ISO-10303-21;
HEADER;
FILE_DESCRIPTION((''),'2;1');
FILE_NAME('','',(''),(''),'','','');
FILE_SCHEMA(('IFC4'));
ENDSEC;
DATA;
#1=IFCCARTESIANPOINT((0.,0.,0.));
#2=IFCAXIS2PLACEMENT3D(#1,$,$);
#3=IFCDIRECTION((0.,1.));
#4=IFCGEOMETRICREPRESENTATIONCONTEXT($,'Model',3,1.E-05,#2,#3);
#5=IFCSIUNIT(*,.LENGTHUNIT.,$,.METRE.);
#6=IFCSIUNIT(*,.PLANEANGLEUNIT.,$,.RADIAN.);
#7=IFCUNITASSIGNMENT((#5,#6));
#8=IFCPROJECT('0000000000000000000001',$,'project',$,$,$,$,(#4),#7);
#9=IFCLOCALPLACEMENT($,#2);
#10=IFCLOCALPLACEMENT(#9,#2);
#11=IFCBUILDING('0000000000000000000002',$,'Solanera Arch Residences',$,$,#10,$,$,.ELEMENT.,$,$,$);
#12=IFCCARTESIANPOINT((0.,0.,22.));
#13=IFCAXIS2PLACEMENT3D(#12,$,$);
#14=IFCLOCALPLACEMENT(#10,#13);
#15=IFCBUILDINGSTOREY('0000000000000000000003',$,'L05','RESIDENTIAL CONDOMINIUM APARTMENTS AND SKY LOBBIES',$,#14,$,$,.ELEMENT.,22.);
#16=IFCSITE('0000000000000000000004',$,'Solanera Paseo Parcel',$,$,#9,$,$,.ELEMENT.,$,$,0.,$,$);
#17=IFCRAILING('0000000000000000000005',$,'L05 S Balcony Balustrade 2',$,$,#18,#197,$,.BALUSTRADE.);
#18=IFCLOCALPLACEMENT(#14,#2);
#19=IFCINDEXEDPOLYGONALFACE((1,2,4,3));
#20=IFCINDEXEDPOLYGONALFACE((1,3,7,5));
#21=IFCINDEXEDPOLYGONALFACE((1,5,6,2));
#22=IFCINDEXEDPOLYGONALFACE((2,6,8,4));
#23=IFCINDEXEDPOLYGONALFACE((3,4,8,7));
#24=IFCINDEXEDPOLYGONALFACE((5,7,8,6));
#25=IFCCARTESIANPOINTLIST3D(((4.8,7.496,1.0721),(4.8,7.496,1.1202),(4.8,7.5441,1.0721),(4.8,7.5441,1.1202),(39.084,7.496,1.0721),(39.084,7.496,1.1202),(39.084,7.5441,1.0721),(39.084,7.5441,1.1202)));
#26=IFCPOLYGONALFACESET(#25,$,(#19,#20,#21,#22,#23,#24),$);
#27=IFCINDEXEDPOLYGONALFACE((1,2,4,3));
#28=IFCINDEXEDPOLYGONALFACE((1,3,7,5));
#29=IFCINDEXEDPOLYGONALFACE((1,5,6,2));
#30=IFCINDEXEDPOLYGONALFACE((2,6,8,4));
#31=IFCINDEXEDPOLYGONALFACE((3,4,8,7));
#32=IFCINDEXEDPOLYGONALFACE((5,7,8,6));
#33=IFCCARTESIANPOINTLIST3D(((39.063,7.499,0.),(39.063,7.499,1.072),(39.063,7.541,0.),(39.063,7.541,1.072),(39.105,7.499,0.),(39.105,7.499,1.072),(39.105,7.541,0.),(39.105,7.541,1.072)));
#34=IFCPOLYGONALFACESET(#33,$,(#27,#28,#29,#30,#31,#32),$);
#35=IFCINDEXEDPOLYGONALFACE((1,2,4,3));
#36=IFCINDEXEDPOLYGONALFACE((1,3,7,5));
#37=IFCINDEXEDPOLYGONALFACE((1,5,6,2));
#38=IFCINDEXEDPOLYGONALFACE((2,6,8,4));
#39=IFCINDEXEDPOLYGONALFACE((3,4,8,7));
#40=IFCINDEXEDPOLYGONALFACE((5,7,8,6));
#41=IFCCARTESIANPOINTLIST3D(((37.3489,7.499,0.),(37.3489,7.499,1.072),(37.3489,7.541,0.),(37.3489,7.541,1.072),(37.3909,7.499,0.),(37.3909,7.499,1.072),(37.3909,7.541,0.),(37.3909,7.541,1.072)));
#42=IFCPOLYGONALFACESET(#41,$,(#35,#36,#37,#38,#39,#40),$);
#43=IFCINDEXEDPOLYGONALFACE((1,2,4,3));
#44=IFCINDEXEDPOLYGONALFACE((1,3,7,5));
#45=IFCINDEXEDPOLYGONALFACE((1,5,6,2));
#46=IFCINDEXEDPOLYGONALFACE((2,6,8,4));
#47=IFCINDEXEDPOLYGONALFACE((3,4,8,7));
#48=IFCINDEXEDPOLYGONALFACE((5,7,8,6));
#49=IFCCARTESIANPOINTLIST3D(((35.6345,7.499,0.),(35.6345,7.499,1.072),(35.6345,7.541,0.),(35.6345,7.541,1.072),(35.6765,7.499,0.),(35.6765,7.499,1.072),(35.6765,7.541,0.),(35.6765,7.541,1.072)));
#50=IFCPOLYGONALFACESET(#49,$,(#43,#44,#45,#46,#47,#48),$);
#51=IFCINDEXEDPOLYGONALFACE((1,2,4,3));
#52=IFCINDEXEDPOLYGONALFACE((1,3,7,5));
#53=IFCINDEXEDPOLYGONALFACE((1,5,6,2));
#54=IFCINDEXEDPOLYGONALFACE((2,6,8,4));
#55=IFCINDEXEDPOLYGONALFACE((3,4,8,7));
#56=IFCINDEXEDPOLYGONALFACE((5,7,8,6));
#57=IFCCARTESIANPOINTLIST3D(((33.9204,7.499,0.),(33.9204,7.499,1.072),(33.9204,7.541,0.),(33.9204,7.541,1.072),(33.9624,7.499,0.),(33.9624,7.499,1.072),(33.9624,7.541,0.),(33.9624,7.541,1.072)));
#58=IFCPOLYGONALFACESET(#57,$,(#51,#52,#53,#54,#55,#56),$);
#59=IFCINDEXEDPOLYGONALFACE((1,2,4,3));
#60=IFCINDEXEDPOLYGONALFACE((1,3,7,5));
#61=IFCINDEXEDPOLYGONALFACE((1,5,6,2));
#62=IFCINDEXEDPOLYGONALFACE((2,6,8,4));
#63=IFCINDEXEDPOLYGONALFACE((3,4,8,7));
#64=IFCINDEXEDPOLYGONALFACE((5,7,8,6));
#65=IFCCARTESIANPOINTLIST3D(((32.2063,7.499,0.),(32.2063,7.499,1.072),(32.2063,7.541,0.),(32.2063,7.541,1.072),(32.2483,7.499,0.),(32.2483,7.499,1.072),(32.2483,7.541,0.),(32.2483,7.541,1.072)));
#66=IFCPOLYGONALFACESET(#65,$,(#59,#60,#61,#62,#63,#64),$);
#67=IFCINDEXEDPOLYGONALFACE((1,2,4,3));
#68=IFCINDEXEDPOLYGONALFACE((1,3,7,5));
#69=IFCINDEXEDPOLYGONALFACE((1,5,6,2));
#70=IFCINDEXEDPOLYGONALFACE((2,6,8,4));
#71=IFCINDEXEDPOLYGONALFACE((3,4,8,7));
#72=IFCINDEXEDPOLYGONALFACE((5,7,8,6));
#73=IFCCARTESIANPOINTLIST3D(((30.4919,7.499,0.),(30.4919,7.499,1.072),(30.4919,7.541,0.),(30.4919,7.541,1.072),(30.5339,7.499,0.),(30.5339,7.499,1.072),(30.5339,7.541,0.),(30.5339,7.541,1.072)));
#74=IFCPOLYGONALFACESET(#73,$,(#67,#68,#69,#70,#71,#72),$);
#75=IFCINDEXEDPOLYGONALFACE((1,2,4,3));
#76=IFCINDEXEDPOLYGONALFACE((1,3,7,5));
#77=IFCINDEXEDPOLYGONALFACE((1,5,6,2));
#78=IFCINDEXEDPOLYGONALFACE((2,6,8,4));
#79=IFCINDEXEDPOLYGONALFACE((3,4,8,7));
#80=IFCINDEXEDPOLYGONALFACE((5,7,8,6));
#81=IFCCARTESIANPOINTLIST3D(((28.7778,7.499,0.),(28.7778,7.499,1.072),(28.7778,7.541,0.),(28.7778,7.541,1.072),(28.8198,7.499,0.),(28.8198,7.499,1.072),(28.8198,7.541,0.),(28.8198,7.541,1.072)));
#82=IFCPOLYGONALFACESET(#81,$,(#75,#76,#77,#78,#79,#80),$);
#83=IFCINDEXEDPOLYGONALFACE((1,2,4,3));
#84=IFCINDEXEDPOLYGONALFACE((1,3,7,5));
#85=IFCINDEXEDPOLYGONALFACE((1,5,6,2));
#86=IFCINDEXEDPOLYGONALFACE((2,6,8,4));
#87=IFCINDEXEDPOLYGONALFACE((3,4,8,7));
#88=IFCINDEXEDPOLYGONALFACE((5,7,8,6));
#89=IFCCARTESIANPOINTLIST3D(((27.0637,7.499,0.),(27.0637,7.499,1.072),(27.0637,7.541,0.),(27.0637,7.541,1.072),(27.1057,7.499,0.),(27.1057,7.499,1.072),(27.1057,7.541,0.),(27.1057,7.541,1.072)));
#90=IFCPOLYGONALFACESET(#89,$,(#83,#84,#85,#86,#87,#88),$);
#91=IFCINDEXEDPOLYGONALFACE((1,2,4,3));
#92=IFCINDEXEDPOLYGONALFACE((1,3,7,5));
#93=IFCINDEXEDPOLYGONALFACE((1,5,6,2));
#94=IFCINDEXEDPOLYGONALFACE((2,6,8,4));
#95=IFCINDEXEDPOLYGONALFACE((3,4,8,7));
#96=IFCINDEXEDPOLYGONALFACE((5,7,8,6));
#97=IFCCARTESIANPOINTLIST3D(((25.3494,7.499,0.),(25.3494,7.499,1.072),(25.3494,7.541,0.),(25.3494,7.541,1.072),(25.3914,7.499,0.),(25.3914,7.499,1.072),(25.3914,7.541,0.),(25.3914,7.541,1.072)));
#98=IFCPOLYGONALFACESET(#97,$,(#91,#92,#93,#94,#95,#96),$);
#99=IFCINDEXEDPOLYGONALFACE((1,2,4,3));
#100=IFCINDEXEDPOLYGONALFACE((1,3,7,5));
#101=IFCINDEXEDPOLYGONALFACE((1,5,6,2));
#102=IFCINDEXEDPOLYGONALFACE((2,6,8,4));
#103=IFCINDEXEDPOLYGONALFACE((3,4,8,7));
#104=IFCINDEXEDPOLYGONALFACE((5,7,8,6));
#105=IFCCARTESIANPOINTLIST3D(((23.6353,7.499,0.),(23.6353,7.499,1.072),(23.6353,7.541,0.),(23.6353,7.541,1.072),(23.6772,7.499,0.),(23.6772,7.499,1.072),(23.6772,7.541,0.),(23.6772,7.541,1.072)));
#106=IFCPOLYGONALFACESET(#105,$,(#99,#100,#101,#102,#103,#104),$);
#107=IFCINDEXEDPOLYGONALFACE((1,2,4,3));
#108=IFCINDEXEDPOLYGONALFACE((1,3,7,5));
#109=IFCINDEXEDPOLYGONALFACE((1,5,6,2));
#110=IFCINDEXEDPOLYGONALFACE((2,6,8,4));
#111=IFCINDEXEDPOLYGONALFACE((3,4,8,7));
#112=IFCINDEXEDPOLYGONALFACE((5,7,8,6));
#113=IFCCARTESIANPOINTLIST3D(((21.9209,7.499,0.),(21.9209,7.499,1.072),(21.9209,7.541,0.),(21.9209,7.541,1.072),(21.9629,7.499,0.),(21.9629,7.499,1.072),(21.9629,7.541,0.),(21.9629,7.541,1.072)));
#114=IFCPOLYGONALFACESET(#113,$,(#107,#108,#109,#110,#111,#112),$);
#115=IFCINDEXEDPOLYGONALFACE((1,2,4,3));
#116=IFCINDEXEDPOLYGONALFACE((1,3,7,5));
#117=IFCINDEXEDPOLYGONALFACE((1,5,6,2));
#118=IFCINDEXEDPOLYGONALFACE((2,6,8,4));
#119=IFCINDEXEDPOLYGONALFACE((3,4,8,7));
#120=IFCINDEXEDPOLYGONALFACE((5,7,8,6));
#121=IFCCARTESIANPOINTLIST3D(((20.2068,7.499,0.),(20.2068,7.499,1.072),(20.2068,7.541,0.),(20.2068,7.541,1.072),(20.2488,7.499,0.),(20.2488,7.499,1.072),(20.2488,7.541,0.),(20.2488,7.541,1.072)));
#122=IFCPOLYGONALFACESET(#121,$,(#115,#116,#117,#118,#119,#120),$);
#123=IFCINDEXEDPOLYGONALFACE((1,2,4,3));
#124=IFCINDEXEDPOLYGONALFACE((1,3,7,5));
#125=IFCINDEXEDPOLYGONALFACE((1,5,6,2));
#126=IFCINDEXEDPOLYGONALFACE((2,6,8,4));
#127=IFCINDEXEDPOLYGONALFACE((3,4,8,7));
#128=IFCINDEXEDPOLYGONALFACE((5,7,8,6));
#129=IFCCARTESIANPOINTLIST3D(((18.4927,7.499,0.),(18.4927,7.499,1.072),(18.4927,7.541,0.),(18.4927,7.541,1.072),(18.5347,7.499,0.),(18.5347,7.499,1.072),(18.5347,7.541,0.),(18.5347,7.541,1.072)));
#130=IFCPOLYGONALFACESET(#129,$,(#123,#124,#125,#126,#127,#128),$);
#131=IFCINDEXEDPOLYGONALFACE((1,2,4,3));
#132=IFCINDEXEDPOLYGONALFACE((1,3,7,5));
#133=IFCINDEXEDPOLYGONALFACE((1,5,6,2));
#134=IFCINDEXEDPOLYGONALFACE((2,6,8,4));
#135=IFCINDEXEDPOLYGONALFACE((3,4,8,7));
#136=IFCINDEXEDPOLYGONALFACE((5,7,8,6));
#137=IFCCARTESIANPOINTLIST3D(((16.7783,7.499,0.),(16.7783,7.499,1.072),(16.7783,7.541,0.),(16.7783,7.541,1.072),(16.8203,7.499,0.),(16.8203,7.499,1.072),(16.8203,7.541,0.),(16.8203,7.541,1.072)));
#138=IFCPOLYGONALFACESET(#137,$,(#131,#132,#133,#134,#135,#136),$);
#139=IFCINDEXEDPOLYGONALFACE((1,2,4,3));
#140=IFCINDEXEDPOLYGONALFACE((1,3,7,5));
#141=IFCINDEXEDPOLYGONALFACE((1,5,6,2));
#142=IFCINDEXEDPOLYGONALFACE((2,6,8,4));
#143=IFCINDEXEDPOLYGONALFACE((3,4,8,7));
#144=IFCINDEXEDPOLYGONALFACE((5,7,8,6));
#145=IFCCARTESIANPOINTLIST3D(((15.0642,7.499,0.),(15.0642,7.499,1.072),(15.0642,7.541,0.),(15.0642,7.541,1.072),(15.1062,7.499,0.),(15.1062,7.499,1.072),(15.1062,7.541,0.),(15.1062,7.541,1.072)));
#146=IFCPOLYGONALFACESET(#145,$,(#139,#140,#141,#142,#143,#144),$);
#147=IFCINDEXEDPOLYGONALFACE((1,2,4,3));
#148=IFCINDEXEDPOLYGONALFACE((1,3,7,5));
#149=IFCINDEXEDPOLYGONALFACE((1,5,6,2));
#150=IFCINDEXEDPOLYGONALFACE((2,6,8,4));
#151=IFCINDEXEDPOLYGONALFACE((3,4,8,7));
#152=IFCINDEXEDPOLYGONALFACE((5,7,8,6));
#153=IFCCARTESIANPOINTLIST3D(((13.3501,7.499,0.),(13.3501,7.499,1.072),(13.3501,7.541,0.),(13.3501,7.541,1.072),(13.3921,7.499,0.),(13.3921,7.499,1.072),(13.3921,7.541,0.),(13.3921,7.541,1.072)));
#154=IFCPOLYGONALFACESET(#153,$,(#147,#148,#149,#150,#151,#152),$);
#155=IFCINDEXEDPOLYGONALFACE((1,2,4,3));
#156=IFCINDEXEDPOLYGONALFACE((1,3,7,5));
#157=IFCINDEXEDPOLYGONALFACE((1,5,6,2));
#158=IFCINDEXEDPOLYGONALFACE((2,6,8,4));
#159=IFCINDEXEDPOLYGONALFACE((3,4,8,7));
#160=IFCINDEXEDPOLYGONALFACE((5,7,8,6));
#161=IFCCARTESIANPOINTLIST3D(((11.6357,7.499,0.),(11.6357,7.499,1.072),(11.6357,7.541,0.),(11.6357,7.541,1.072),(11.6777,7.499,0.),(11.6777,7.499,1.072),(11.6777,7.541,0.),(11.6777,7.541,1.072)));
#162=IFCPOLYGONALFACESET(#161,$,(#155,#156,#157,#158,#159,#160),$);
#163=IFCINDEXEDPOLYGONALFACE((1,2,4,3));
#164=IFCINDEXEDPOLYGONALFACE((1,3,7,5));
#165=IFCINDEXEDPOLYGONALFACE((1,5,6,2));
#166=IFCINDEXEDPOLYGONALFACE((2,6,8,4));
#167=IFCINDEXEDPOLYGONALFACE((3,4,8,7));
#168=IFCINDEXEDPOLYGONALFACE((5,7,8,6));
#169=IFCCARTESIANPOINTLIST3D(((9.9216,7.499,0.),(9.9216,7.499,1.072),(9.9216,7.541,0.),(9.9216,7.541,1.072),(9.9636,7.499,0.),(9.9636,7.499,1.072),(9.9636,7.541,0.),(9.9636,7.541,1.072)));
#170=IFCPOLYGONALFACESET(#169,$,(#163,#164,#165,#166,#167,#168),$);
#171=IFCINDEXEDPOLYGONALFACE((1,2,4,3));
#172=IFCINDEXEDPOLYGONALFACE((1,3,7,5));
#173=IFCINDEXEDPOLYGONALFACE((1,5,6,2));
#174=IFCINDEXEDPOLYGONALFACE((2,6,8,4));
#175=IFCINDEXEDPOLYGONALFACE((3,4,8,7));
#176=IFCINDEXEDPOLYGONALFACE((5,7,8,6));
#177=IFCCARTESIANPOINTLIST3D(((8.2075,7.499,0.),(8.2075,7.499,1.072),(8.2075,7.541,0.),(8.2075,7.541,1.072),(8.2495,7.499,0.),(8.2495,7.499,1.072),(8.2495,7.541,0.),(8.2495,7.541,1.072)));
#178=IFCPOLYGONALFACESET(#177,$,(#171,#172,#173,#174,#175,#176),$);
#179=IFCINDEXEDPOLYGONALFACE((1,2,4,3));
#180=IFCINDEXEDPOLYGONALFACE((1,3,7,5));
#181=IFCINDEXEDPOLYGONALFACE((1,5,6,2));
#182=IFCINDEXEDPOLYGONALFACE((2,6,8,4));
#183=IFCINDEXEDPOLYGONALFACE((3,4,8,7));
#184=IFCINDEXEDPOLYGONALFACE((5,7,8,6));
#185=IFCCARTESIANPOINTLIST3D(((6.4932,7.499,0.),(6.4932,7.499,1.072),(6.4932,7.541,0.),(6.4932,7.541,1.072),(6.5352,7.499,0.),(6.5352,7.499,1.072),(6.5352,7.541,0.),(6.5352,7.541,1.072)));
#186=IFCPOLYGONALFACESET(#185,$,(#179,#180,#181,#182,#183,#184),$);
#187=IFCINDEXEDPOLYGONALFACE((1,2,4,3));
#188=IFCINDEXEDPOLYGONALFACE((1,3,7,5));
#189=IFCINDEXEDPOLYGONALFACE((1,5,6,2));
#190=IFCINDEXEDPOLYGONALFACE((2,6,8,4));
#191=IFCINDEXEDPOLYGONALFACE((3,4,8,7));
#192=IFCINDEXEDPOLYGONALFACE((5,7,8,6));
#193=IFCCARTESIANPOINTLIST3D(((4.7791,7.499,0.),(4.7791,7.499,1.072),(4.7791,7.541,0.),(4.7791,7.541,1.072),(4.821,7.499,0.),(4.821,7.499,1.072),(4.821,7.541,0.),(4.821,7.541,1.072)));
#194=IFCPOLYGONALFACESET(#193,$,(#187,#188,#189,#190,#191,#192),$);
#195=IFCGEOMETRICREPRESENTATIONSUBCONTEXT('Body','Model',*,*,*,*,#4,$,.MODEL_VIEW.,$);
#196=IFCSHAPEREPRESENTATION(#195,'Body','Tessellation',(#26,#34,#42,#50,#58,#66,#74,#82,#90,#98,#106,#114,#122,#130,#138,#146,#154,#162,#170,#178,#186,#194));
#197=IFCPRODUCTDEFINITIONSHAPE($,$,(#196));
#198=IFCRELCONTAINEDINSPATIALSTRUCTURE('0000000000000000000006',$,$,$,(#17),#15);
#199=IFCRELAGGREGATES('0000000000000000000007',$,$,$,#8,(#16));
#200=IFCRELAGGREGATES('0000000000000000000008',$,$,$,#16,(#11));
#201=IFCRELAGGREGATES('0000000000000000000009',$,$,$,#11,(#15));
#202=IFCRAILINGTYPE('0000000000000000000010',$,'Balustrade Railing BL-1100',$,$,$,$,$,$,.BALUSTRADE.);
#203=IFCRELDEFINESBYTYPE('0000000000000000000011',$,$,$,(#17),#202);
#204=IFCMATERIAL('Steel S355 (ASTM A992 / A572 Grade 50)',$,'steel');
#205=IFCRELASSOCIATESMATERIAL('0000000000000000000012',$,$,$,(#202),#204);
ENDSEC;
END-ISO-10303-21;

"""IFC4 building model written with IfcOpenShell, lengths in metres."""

from ifc_helpers import new_model, si_unit, direction, frame, origin, origin_2d, place, context, subcontext, project, spatial, rectangle, extrude, material, type_object, element, save


model = new_model("IFC4")

# Units and contexts
model_context = context("Model", 3, precision=1e-05, world=origin(), true_north=direction((0.0, 1.0)))
body_context = subcontext(model_context, "Body", "Model", "MODEL_VIEW")
ifc_project = project(units=[si_unit("LENGTHUNIT", "METRE"), si_unit("PLANEANGLEUNIT", "RADIAN")], contexts=[model_context])

# Site, building, storey
site_placement = place(None, origin())
site = spatial("IfcSite", under=ifc_project, at=site_placement, Name="Solanera Paseo Parcel", CompositionType="ELEMENT", RefElevation=0.0)
building_placement = place(site_placement, origin())
building = spatial("IfcBuilding", under=site, at=building_placement, Name="Solanera Arch Residences", CompositionType="ELEMENT")
storey_placement = place(building_placement, frame((0.0, 0.0, 22.0)))
storey = spatial("IfcBuildingStorey", under=building, at=storey_placement, Name="L05", Description="RESIDENTIAL CONDOMINIUM APARTMENTS AND SKY LOBBIES", CompositionType="ELEMENT", Elevation=22.0)

# Railing
ifc_material_1 = material(Name="Steel S355 (ASTM A992 / A572 Grade 50)", Category="steel")
railing_type = type_object("IfcRailingType", Name="Balustrade Railing BL-1100", PredefinedType="BALUSTRADE", material=ifc_material_1)
railing_placement = place(storey_placement, frame((39.084, 7.52, 0.0)))
element("IfcRailing", 1, at=railing_placement, inside=storey, type_object=railing_type, Name="L05 S Balcony Balustrade 2", PredefinedType="BALUSTRADE", context=body_context, shape_type="SweptSolid", body=[
    extrude(rectangle(XDim=0.0481, YDim=0.0481, at=origin_2d()), frame((0.0, 0.0, 1.0962), z_axis=(-1.0, 0.0, 0.0), x_axis=(0.0, -1.0, 0.0)), (0.0, 0.0, 1.0), 34.2839),
    extrude(rectangle(XDim=0.042, YDim=0.042, at=origin_2d()), origin(), (0.0, 0.0, 1.0), 1.072),
    extrude(rectangle(XDim=0.042, YDim=0.042, at=origin_2d()), frame((-1.7141, 0.0, 0.0)), (0.0, 0.0, 1.0), 1.072),
    extrude(rectangle(XDim=0.042, YDim=0.042, at=origin_2d()), frame((-3.4285, 0.0, 0.0)), (0.0, 0.0, 1.0), 1.072),
    extrude(rectangle(XDim=0.042, YDim=0.042, at=origin_2d()), frame((-5.1426, 0.0, 0.0)), (0.0, 0.0, 1.0), 1.072),
    extrude(rectangle(XDim=0.042, YDim=0.042, at=origin_2d()), frame((-6.8567, 0.0, 0.0)), (0.0, 0.0, 1.0), 1.072),
    extrude(rectangle(XDim=0.042, YDim=0.042, at=origin_2d()), frame((-8.571, 0.0, 0.0)), (0.0, 0.0, 1.0), 1.072),
    extrude(rectangle(XDim=0.042, YDim=0.042, at=origin_2d()), frame((-10.2852, 0.0, 0.0)), (0.0, 0.0, 1.0), 1.072),
    extrude(rectangle(XDim=0.042, YDim=0.042, at=origin_2d()), frame((-11.9993, 0.0, 0.0)), (0.0, 0.0, 1.0), 1.072),
    extrude(rectangle(XDim=0.042, YDim=0.042, at=origin_2d()), frame((-13.7136, 0.0, 0.0)), (0.0, 0.0, 1.0), 1.072),
    extrude(rectangle(XDim=0.042, YDim=0.042, at=origin_2d()), frame((-15.4277, 0.0, 0.0)), (0.0, 0.0, 1.0), 1.072),
    extrude(rectangle(XDim=0.042, YDim=0.042, at=origin_2d()), frame((-17.1421, 0.0, 0.0)), (0.0, 0.0, 1.0), 1.072),
    extrude(rectangle(XDim=0.042, YDim=0.042, at=origin_2d()), frame((-18.8562, 0.0, 0.0)), (0.0, 0.0, 1.0), 1.072),
    extrude(rectangle(XDim=0.042, YDim=0.042, at=origin_2d()), frame((-20.5703, 0.0, 0.0)), (0.0, 0.0, 1.0), 1.072),
    extrude(rectangle(XDim=0.042, YDim=0.042, at=origin_2d()), frame((-22.2847, 0.0, 0.0)), (0.0, 0.0, 1.0), 1.072),
    extrude(rectangle(XDim=0.042, YDim=0.042, at=origin_2d()), frame((-23.9988, 0.0, 0.0)), (0.0, 0.0, 1.0), 1.072),
    extrude(rectangle(XDim=0.042, YDim=0.042, at=origin_2d()), frame((-25.7129, 0.0, 0.0)), (0.0, 0.0, 1.0), 1.072),
    extrude(rectangle(XDim=0.042, YDim=0.042, at=origin_2d()), frame((-27.4272, 0.0, 0.0)), (0.0, 0.0, 1.0), 1.072),
    extrude(rectangle(XDim=0.042, YDim=0.042, at=origin_2d()), frame((-29.1414, 0.0, 0.0)), (0.0, 0.0, 1.0), 1.072),
    extrude(rectangle(XDim=0.042, YDim=0.042, at=origin_2d()), frame((-30.8555, 0.0, 0.0)), (0.0, 0.0, 1.0), 1.072),
    extrude(rectangle(XDim=0.042, YDim=0.042, at=origin_2d()), frame((-32.5698, 0.0, 0.0)), (0.0, 0.0, 1.0), 1.072),
    extrude(rectangle(XDim=0.042, YDim=0.042, at=origin_2d()), frame((-34.2839, 0.0, 0.0)), (0.0, 0.0, 1.0), 1.072),
])

save(model, "model.ifc")
